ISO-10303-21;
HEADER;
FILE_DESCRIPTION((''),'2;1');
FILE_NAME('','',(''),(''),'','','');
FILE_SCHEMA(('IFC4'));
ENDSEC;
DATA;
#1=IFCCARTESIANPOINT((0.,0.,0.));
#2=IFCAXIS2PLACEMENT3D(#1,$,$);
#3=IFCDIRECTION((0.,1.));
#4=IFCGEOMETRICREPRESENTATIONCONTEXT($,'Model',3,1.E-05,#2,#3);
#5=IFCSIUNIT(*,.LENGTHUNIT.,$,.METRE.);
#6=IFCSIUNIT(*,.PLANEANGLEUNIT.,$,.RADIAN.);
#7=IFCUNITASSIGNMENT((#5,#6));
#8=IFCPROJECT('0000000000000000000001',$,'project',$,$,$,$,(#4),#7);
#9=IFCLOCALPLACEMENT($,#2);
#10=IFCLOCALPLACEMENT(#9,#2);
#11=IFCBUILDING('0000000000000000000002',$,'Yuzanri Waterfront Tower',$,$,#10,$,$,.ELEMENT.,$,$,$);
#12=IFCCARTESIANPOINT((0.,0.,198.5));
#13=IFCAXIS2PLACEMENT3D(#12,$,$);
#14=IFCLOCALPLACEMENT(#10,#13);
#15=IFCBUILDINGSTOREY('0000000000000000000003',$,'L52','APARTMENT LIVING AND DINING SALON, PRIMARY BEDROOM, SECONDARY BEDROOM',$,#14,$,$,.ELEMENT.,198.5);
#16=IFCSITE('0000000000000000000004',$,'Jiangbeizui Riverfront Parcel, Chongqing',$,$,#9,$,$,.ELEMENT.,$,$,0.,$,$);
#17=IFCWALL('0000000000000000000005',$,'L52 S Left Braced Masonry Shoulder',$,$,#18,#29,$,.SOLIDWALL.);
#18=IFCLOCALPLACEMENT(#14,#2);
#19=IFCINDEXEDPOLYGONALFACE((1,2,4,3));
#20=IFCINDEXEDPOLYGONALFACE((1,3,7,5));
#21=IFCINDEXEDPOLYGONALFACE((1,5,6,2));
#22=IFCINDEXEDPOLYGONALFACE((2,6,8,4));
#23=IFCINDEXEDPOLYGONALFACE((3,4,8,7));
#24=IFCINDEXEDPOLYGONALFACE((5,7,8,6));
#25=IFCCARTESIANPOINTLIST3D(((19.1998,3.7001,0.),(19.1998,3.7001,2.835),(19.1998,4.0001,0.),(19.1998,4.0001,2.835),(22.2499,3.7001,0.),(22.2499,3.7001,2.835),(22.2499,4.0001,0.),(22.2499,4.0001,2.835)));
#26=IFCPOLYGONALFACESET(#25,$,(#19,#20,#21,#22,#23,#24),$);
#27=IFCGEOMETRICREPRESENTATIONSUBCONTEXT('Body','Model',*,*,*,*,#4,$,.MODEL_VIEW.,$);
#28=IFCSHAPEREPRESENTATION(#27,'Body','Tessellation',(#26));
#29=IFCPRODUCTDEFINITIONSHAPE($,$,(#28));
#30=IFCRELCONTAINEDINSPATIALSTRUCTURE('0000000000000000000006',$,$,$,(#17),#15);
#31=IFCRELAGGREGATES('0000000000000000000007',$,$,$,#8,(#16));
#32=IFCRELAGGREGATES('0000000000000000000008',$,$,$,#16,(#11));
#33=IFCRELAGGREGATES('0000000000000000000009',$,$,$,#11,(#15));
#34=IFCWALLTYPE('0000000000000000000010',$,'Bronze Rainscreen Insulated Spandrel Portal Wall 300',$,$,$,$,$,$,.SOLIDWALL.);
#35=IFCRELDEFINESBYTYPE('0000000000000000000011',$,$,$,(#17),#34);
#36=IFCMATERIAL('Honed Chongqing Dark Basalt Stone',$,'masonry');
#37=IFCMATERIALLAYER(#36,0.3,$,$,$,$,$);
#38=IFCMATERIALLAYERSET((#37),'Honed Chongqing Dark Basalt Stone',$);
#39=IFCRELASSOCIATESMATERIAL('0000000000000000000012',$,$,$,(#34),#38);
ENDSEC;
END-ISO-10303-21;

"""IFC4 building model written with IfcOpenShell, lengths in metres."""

from ifc_helpers import new_model, si_unit, direction, frame, frame_2d, origin, place, context, subcontext, project, spatial, rectangle, extrude, source, transform, mapped, material, layer, layer_set, type_object, element, save


model = new_model("IFC4")

# Units and contexts
model_context = context("Model", 3, precision=1e-05, world=origin(), true_north=direction((0.0, 1.0)))
body_context = subcontext(model_context, "Body", "Model", "MODEL_VIEW")
ifc_project = project(units=[si_unit("LENGTHUNIT", "METRE"), si_unit("PLANEANGLEUNIT", "RADIAN")], contexts=[model_context])

# Site, building, storey
site_placement = place(None, origin())
site = spatial("IfcSite", under=ifc_project, at=site_placement, Name="Jiangbeizui Riverfront Parcel, Chongqing", CompositionType="ELEMENT", RefElevation=0.0)
building_placement = place(site_placement, origin())
building = spatial("IfcBuilding", under=site, at=building_placement, Name="Yuzanri Waterfront Tower", CompositionType="ELEMENT")
storey_placement = place(building_placement, frame((0.0, 0.0, 198.5)))
storey = spatial("IfcBuildingStorey", under=building, at=storey_placement, Name="L52", Description="APARTMENT LIVING AND DINING SALON, PRIMARY BEDROOM, SECONDARY BEDROOM", CompositionType="ELEMENT", Elevation=198.5)

# Wall
ifc_material_1 = material(Name="Honed Chongqing Dark Basalt Stone", Category="masonry")
ifc_layer_1 = layer(ifc_material_1, 0.3)
ifc_layer_set_1 = layer_set([ifc_layer_1], Name="Honed Chongqing Dark Basalt Stone")
wall_type = type_object("IfcWallType", Name="Bronze Rainscreen Insulated Spandrel Portal Wall 300", PredefinedType="SOLIDWALL", material=ifc_layer_set_1)
shared_shape_1 = source(origin(), body_context, "Body", "SweptSolid", [
    extrude(rectangle(XDim=3.05, YDim=0.3, at=frame_2d((1.5249, 0.0))), origin(), (0.0, 0.0, 1.0), 2.835),
])
wall_placement = place(storey_placement, frame((19.2, 3.8501, 0.0), z_axis=(0.0, 0.0, 1.0), x_axis=(1.0, 0.0, 0.0)))
element("IfcWall", 1, at=wall_placement, inside=storey, type_object=wall_type, Name="L52 S Left Braced Masonry Shoulder", PredefinedType="SOLIDWALL", context=body_context, shape_type="MappedRepresentation", body=[
    mapped(shared_shape_1, transform((0.0, 0.0, 0.0), scale=1.0)),
])

save(model, "model.ifc")
